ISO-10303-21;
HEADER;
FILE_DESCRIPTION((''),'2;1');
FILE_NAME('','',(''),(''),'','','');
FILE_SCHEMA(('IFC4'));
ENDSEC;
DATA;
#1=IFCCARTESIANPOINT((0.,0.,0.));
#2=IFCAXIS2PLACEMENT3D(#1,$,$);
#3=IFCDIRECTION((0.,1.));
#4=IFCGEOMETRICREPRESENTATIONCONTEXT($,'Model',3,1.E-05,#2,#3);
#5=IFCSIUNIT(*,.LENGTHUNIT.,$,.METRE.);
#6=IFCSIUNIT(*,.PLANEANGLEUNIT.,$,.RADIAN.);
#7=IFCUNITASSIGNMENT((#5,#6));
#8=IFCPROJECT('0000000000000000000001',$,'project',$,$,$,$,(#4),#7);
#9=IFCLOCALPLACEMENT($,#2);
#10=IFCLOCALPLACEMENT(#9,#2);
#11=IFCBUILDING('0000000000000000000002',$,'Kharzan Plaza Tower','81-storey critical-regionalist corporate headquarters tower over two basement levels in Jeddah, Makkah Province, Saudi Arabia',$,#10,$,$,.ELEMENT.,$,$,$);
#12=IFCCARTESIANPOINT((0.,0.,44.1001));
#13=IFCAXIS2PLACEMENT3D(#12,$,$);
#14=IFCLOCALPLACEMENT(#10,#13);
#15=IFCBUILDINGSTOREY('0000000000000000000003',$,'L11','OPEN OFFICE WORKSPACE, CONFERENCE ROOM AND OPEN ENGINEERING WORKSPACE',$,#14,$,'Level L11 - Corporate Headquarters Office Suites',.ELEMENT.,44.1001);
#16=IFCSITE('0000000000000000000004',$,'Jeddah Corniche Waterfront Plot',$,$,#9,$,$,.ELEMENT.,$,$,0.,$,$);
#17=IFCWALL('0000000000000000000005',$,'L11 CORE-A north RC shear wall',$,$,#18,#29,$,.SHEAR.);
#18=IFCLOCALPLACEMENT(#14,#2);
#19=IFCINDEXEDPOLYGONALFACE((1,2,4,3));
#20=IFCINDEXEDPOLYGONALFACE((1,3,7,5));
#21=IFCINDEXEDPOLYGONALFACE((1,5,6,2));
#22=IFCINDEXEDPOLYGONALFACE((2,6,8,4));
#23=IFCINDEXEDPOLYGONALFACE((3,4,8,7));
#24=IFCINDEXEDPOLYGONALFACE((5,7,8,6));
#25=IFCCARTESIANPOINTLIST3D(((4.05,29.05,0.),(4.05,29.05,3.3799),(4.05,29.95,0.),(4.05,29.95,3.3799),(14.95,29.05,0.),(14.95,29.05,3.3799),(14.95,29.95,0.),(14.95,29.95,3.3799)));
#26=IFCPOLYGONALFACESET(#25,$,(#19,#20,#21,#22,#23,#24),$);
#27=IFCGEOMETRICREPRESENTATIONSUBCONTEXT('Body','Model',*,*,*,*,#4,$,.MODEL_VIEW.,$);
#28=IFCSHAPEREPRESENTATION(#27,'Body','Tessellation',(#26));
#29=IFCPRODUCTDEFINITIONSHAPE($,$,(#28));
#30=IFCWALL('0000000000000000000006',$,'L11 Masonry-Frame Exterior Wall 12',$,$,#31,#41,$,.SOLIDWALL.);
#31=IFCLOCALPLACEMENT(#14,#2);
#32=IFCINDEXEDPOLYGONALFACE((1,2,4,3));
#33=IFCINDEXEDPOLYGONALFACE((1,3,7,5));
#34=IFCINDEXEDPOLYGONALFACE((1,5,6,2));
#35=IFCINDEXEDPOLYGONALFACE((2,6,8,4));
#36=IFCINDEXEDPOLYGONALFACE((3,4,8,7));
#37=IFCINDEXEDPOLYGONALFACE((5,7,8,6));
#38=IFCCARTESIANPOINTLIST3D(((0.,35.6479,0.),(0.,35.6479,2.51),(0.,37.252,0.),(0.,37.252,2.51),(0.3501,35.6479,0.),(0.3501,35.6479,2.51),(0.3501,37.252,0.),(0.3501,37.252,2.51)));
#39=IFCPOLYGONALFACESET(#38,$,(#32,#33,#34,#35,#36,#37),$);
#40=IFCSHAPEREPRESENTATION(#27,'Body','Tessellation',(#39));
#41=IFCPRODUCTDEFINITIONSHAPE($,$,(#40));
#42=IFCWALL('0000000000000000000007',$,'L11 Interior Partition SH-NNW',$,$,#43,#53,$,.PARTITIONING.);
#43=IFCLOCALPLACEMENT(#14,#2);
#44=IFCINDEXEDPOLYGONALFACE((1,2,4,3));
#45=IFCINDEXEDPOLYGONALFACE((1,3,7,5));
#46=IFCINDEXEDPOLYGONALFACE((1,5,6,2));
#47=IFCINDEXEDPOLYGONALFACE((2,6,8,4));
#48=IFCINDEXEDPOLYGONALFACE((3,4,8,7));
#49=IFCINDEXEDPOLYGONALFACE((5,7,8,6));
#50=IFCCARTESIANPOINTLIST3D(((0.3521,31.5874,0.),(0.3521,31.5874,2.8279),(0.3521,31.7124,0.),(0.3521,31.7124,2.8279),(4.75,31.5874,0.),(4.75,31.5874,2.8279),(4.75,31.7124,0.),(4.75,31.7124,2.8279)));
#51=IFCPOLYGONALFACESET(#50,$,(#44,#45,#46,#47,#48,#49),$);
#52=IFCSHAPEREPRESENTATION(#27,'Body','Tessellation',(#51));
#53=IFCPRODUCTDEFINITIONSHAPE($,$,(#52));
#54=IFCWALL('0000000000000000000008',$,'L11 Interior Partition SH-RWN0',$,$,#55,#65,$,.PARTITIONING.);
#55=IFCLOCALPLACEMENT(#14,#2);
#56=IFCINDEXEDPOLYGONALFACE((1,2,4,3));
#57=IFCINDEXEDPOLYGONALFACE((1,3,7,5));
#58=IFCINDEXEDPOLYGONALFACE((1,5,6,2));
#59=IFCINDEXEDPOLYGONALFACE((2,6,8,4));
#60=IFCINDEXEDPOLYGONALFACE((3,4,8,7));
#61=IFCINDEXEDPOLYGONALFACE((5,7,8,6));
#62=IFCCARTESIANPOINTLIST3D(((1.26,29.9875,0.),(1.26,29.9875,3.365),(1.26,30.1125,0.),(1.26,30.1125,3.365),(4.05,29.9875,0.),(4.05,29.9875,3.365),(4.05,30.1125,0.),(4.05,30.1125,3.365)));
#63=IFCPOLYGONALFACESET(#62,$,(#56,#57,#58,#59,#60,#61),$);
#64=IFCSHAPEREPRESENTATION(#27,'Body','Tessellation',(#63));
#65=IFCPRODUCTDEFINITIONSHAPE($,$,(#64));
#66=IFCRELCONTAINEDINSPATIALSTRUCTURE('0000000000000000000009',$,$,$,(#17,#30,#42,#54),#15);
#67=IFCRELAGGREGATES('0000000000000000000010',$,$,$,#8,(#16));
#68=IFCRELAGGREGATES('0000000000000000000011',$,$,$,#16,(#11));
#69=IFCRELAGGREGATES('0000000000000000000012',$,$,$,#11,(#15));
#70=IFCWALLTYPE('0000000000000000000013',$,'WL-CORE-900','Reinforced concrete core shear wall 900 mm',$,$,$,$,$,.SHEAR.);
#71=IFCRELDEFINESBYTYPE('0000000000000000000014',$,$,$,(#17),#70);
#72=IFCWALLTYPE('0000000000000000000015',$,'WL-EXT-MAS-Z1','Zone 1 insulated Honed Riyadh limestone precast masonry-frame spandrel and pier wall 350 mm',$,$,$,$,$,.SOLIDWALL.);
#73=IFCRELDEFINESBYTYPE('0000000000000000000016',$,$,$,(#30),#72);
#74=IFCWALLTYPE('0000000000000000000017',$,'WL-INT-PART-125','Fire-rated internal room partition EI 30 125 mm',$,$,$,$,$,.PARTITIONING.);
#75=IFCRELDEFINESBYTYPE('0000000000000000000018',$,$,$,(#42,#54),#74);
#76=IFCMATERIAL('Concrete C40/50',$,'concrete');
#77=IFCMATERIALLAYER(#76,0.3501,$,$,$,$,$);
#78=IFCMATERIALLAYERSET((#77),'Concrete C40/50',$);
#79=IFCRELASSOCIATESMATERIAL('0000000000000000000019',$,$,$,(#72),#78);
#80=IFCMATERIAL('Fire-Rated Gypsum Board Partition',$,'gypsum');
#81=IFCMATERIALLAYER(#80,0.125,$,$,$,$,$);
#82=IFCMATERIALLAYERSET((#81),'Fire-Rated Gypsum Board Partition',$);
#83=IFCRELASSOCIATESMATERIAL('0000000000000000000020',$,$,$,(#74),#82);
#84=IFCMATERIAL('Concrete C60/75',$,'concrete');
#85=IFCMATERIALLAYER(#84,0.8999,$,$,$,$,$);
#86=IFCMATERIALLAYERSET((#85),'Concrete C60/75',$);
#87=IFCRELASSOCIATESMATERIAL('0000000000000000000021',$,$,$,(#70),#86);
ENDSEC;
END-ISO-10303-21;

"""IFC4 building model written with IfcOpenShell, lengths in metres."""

from ifc_helpers import new_model, si_unit, direction, frame, frame_2d, origin, place, context, subcontext, project, spatial, rectangle, extrude, source, transform, mapped, material, layer, layer_set, type_object, element, save


model = new_model("IFC4")

# Units and contexts
model_context = context("Model", 3, precision=1e-05, world=origin(), true_north=direction((0.0, 1.0)))
body_context = subcontext(model_context, "Body", "Model", "MODEL_VIEW")
ifc_project = project(units=[si_unit("LENGTHUNIT", "METRE"), si_unit("PLANEANGLEUNIT", "RADIAN")], contexts=[model_context])

# Site, building, storey
site_placement = place(None, origin())
site = spatial("IfcSite", under=ifc_project, at=site_placement, Name="Jeddah Corniche Waterfront Plot", CompositionType="ELEMENT", RefElevation=0.0)
building_placement = place(site_placement, origin())
building = spatial("IfcBuilding", under=site, at=building_placement, Name="Kharzan Plaza Tower", Description="81-storey critical-regionalist corporate headquarters tower over two basement levels in Jeddah, Makkah Province, Saudi Arabia", CompositionType="ELEMENT")
storey_placement = place(building_placement, frame((0.0, 0.0, 44.1001)))
storey = spatial("IfcBuildingStorey", under=building, at=storey_placement, Name="L11", Description="OPEN OFFICE WORKSPACE, CONFERENCE ROOM AND OPEN ENGINEERING WORKSPACE", LongName="Level L11 - Corporate Headquarters Office Suites", CompositionType="ELEMENT", Elevation=44.1001)

# Shared definitions
ifc_material_1 = material(Name="Concrete C60/75", Category="concrete")

# Shared definitions
ifc_material_2 = material(Name="Concrete C40/50", Category="concrete")
ifc_layer_1 = layer(ifc_material_2, 0.3501)
ifc_layer_set_1 = layer_set([ifc_layer_1], Name="Concrete C40/50")
wall_type_1 = type_object("IfcWallType", Name="WL-EXT-MAS-Z1", Description="Zone 1 insulated Honed Riyadh limestone precast masonry-frame spandrel and pier wall 350 mm", PredefinedType="SOLIDWALL", material=ifc_layer_set_1)

# Shared definitions
ifc_material_3 = material(Name="Fire-Rated Gypsum Board Partition", Category="gypsum")
ifc_layer_2 = layer(ifc_material_3, 0.125)
ifc_layer_set_2 = layer_set([ifc_layer_2], Name="Fire-Rated Gypsum Board Partition")
wall_type_2 = type_object("IfcWallType", Name="WL-INT-PART-125", Description="Fire-rated internal room partition EI 30 125 mm", PredefinedType="PARTITIONING", material=ifc_layer_set_2)

# Walls
ifc_layer_3 = layer(ifc_material_1, 0.8999)
ifc_layer_set_3 = layer_set([ifc_layer_3], Name="Concrete C60/75")
wall_type_3 = type_object("IfcWallType", Name="WL-CORE-900", Description="Reinforced concrete core shear wall 900 mm", PredefinedType="SHEAR", material=ifc_layer_set_3)
shared_shape_1 = source(origin(), body_context, "Body", "SweptSolid", [
    extrude(rectangle(XDim=10.8999, YDim=0.8999, at=frame_2d((5.45, 0.0))), origin(), (0.0, 0.0, 1.0), 3.3799),
])
wall_1_placement = place(storey_placement, frame((4.05, 29.5, 0.0), z_axis=(0.0, 0.0, 1.0), x_axis=(1.0, 0.0, 0.0)))
element("IfcWall", 1, at=wall_1_placement, inside=storey, type_object=wall_type_3, Name="L11 CORE-A north RC shear wall", PredefinedType="SHEAR", context=body_context, shape_type="MappedRepresentation", body=[
    mapped(shared_shape_1, transform((0.0, 0.0, 0.0), x_axis=(1.0, 0.0, 0.0), y_axis=(0.0, 1.0, 0.0), z_axis=(0.0, 0.0, 1.0))),
])
shared_shape_2 = source(origin(), body_context, "Body", "SweptSolid", [
    extrude(rectangle(XDim=1.604, YDim=0.3501, at=frame_2d((0.802, 0.0))), origin(), (0.0, 0.0, 1.0), 2.51),
])
wall_2_placement = place(storey_placement, frame((0.175, 37.252, 0.0), z_axis=(0.0, 0.0, 1.0), x_axis=(0.0, -1.0, 0.0)))
element("IfcWall", 2, at=wall_2_placement, inside=storey, type_object=wall_type_1, Name="L11 Masonry-Frame Exterior Wall 12", PredefinedType="SOLIDWALL", context=body_context, shape_type="MappedRepresentation", body=[
    mapped(shared_shape_2, transform((0.0, 0.0, 0.0), x_axis=(1.0, 0.0, 0.0), y_axis=(0.0, 1.0, 0.0), z_axis=(0.0, 0.0, 1.0))),
])
shared_shape_3 = source(origin(), body_context, "Body", "SweptSolid", [
    extrude(rectangle(XDim=4.3979, YDim=0.125, at=frame_2d((2.199, 0.0))), origin(), (0.0, 0.0, 1.0), 2.8279),
])
wall_3_placement = place(storey_placement, frame((0.3521, 31.6499, 0.0), z_axis=(0.0, 0.0, 1.0), x_axis=(1.0, 0.0, 0.0)))
element("IfcWall", 3, at=wall_3_placement, inside=storey, type_object=wall_type_2, Name="L11 Interior Partition SH-NNW", PredefinedType="PARTITIONING", context=body_context, shape_type="MappedRepresentation", body=[
    mapped(shared_shape_3, transform((0.0, 0.0, 0.0), x_axis=(1.0, 0.0, 0.0), y_axis=(0.0, 1.0, 0.0), z_axis=(0.0, 0.0, 1.0))),
])
shared_shape_4 = source(origin(), body_context, "Body", "SweptSolid", [
    extrude(rectangle(XDim=2.79, YDim=0.125, at=frame_2d((1.395, 0.0))), origin(), (0.0, 0.0, 1.0), 3.365),
])
wall_4_placement = place(storey_placement, frame((1.26, 30.05, 0.0), z_axis=(0.0, 0.0, 1.0), x_axis=(1.0, 0.0, 0.0)))
element("IfcWall", 4, at=wall_4_placement, inside=storey, type_object=wall_type_2, Name="L11 Interior Partition SH-RWN0", PredefinedType="PARTITIONING", context=body_context, shape_type="MappedRepresentation", body=[
    mapped(shared_shape_4, transform((0.0, 0.0, 0.0), x_axis=(1.0, 0.0, 0.0), y_axis=(0.0, 1.0, 0.0), z_axis=(0.0, 0.0, 1.0))),
])

save(model, "model.ifc")
